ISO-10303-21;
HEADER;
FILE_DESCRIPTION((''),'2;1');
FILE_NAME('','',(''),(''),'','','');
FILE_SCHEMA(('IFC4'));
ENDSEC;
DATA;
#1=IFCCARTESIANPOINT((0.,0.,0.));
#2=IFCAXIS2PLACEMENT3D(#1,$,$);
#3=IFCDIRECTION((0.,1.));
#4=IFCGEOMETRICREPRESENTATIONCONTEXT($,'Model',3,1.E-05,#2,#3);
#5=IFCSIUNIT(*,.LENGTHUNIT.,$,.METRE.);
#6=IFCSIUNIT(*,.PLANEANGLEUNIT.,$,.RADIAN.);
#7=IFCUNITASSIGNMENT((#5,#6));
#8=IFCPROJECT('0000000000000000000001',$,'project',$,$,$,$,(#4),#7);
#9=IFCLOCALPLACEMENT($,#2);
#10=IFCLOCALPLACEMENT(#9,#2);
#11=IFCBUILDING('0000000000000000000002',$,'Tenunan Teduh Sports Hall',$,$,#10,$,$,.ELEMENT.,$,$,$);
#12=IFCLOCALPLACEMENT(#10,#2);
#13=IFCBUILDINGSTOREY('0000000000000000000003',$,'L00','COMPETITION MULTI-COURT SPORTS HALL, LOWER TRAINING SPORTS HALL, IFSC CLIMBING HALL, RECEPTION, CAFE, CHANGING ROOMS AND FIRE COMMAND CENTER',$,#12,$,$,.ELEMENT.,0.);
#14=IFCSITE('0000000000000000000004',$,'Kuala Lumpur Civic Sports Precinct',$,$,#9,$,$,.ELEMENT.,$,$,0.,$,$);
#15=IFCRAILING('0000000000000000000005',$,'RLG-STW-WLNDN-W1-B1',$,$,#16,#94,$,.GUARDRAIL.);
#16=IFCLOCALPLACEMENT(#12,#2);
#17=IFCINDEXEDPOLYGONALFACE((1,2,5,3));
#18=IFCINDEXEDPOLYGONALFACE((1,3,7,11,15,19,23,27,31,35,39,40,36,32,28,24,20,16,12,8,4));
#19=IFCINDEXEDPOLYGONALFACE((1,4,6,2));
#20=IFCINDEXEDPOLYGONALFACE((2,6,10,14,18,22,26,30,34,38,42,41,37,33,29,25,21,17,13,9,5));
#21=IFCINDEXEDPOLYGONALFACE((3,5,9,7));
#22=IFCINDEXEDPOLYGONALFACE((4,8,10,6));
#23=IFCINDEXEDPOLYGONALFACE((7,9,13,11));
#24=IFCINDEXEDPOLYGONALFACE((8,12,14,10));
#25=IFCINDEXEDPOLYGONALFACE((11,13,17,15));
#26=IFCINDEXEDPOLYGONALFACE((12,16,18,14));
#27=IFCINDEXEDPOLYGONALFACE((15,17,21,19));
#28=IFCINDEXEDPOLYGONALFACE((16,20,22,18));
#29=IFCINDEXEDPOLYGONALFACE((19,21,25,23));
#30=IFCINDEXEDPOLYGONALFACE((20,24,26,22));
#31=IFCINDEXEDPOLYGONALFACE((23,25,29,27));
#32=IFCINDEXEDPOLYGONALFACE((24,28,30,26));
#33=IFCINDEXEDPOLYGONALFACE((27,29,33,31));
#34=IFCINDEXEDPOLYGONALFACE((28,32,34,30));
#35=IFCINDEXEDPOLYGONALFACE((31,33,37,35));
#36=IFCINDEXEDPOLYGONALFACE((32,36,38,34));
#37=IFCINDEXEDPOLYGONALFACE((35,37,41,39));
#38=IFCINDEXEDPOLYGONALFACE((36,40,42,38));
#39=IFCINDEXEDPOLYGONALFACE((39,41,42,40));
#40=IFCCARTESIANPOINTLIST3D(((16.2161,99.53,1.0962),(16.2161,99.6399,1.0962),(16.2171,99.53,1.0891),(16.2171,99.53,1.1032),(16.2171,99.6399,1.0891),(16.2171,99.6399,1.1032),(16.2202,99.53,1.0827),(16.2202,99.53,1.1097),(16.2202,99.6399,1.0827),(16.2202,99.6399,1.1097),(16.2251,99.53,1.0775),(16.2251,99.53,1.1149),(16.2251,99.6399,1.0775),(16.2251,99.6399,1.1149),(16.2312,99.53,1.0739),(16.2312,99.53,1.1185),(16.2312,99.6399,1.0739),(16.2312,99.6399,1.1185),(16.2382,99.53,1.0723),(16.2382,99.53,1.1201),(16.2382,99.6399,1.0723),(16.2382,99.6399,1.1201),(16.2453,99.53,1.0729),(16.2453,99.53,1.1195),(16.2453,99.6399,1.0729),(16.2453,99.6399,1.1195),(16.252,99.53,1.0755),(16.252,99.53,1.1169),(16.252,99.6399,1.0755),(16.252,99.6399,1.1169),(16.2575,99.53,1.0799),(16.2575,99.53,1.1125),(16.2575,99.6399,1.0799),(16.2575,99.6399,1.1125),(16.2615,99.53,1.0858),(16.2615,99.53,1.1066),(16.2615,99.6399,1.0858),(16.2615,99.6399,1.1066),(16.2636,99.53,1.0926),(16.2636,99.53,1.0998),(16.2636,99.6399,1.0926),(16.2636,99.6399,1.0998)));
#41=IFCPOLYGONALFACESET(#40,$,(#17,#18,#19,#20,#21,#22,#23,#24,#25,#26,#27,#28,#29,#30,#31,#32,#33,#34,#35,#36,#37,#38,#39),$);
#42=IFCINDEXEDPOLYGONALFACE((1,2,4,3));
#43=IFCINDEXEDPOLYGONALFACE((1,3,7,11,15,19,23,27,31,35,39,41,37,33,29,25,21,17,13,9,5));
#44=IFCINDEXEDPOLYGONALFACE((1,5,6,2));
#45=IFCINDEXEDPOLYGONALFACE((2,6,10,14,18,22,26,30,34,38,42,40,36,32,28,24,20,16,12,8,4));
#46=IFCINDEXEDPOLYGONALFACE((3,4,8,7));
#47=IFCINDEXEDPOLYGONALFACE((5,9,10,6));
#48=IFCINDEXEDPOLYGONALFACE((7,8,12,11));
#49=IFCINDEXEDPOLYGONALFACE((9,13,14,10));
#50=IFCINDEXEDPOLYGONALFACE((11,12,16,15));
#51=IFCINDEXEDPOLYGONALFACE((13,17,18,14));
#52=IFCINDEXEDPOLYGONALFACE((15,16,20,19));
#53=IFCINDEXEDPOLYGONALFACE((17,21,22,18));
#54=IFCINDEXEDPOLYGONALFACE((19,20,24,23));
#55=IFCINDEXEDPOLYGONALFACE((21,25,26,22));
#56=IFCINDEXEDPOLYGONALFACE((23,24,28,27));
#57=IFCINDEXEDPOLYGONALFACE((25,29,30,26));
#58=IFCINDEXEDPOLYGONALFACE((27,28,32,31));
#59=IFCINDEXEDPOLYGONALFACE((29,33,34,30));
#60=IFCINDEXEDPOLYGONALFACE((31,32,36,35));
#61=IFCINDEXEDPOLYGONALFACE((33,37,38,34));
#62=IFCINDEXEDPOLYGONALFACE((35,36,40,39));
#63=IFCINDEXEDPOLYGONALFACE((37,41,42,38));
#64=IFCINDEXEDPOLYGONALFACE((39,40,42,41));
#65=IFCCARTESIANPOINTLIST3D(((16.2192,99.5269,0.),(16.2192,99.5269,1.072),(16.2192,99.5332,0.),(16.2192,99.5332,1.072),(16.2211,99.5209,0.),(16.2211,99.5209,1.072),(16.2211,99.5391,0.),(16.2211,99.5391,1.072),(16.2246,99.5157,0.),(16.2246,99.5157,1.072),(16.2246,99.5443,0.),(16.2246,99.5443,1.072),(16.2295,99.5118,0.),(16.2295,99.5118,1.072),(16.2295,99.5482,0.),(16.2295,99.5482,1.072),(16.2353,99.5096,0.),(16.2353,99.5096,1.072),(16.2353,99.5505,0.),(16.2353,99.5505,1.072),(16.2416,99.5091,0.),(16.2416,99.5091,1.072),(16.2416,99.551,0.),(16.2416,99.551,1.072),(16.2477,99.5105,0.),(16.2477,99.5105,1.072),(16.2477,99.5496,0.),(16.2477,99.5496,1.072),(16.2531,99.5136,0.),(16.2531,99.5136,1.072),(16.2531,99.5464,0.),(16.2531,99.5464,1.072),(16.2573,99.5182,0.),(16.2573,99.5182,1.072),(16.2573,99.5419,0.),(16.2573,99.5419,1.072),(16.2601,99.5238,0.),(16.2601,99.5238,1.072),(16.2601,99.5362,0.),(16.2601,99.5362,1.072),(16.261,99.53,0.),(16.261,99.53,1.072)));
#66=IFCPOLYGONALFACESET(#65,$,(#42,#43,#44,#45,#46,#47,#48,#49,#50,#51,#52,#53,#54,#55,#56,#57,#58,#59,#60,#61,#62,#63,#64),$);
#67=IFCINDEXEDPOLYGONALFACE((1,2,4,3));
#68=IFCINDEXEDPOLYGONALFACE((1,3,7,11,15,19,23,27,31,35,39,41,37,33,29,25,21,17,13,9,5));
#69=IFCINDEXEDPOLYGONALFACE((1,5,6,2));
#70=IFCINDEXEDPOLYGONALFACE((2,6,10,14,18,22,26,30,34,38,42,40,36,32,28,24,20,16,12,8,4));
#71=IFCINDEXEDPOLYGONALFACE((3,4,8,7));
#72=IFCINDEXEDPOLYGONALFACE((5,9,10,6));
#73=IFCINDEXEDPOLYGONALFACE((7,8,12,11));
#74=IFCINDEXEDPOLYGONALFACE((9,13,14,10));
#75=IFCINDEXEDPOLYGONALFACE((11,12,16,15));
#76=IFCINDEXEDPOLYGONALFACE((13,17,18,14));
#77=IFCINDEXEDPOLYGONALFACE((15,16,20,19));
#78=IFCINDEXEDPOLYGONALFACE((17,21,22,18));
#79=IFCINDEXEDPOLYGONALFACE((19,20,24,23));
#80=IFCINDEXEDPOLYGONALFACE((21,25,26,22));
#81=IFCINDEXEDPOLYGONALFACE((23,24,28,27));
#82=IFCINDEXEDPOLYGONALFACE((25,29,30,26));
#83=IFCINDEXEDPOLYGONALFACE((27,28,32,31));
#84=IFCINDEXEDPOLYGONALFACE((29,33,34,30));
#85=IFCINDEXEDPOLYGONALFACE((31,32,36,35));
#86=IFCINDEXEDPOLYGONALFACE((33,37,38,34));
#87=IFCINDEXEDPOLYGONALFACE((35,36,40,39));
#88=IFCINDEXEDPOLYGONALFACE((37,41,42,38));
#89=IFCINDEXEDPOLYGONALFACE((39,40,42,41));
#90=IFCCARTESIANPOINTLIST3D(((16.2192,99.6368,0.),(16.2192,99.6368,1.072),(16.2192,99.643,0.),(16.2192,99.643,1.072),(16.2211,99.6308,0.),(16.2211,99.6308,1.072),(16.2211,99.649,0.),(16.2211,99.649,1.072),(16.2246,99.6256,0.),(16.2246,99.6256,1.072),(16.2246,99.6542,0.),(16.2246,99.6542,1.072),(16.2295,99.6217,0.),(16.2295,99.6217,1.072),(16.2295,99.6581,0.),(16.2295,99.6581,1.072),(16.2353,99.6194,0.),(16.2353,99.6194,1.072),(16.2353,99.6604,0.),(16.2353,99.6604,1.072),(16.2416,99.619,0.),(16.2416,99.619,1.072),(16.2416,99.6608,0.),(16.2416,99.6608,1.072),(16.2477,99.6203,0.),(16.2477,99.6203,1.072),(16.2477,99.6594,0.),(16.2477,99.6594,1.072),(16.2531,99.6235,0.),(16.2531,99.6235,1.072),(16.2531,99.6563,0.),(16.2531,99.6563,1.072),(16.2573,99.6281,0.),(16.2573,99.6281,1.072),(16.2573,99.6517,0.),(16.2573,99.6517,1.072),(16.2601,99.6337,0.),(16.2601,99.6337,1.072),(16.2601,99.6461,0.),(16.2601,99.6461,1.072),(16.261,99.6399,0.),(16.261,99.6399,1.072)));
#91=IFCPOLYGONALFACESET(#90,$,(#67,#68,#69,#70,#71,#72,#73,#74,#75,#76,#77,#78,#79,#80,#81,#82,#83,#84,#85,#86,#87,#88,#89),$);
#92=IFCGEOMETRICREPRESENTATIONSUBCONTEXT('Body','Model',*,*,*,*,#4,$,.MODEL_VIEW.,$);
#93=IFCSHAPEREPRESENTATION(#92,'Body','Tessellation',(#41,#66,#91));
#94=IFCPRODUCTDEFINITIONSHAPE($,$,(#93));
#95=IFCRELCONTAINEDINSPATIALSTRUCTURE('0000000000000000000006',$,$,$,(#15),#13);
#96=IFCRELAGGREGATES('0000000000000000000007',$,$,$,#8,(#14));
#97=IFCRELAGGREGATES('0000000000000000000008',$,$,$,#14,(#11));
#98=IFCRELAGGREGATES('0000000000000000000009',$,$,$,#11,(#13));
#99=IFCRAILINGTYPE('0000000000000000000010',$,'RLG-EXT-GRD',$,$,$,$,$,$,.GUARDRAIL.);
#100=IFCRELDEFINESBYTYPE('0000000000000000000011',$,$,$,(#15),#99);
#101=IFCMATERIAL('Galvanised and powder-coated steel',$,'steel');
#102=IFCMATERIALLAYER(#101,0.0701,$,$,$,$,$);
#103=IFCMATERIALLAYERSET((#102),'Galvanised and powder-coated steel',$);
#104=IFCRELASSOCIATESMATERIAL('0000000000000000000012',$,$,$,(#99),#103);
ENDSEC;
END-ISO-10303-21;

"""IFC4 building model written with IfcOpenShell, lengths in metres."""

from ifc_helpers import new_model, si_unit, direction, frame, origin, origin_2d, place, context, subcontext, project, spatial, circle, extrude, material, layer, layer_set, type_object, element, save


model = new_model("IFC4")

# Units and contexts
model_context = context("Model", 3, precision=1e-05, world=origin(), true_north=direction((0.0, 1.0)))
body_context = subcontext(model_context, "Body", "Model", "MODEL_VIEW")
ifc_project = project(units=[si_unit("LENGTHUNIT", "METRE"), si_unit("PLANEANGLEUNIT", "RADIAN")], contexts=[model_context])

# Site, building, storey
site_placement = place(None, origin())
site = spatial("IfcSite", under=ifc_project, at=site_placement, Name="Kuala Lumpur Civic Sports Precinct", CompositionType="ELEMENT", RefElevation=0.0)
building_placement = place(site_placement, origin())
building = spatial("IfcBuilding", under=site, at=building_placement, Name="Tenunan Teduh Sports Hall", CompositionType="ELEMENT")
storey_placement = place(building_placement, origin())
storey = spatial("IfcBuildingStorey", under=building, at=storey_placement, Name="L00", Description="COMPETITION MULTI-COURT SPORTS HALL, LOWER TRAINING SPORTS HALL, IFSC CLIMBING HALL, RECEPTION, CAFE, CHANGING ROOMS AND FIRE COMMAND CENTER", CompositionType="ELEMENT", Elevation=0.0)

# Railing
ifc_material_1 = material(Name="Galvanised and powder-coated steel", Category="steel")
ifc_layer_1 = layer(ifc_material_1, 0.0701)
ifc_layer_set_1 = layer_set([ifc_layer_1], Name="Galvanised and powder-coated steel")
railing_type_1 = type_object("IfcRailingType", Name="RLG-EXT-GRD", PredefinedType="GUARDRAIL", material=ifc_layer_set_1)
for number, where, name in (
    (1, (16.24, 99.53, 0.0), "RLG-STW-WLNDN-W1-B1"),
):
    element("IfcRailing", number, at=place(storey_placement, frame(where)), inside=storey, type_object=railing_type_1, Name=name, PredefinedType="GUARDRAIL", context=body_context, shape_type="SweptSolid", body=[
        extrude(circle(Radius=0.0239, at=origin_2d()), frame((0.0, 0.0, 1.0962), z_axis=(0.0, 1.0, 0.0), x_axis=(-1.0, 0.0, 0.0)), (0.0, 0.0, 1.0), 0.1099),
        extrude(circle(Radius=0.021, at=origin_2d()), origin(), (0.0, 0.0, 1.0), 1.072),
        extrude(circle(Radius=0.021, at=origin_2d()), frame((0.0, 0.1099, 0.0)), (0.0, 0.0, 1.0), 1.072),
    ])

save(model, "model.ifc")
